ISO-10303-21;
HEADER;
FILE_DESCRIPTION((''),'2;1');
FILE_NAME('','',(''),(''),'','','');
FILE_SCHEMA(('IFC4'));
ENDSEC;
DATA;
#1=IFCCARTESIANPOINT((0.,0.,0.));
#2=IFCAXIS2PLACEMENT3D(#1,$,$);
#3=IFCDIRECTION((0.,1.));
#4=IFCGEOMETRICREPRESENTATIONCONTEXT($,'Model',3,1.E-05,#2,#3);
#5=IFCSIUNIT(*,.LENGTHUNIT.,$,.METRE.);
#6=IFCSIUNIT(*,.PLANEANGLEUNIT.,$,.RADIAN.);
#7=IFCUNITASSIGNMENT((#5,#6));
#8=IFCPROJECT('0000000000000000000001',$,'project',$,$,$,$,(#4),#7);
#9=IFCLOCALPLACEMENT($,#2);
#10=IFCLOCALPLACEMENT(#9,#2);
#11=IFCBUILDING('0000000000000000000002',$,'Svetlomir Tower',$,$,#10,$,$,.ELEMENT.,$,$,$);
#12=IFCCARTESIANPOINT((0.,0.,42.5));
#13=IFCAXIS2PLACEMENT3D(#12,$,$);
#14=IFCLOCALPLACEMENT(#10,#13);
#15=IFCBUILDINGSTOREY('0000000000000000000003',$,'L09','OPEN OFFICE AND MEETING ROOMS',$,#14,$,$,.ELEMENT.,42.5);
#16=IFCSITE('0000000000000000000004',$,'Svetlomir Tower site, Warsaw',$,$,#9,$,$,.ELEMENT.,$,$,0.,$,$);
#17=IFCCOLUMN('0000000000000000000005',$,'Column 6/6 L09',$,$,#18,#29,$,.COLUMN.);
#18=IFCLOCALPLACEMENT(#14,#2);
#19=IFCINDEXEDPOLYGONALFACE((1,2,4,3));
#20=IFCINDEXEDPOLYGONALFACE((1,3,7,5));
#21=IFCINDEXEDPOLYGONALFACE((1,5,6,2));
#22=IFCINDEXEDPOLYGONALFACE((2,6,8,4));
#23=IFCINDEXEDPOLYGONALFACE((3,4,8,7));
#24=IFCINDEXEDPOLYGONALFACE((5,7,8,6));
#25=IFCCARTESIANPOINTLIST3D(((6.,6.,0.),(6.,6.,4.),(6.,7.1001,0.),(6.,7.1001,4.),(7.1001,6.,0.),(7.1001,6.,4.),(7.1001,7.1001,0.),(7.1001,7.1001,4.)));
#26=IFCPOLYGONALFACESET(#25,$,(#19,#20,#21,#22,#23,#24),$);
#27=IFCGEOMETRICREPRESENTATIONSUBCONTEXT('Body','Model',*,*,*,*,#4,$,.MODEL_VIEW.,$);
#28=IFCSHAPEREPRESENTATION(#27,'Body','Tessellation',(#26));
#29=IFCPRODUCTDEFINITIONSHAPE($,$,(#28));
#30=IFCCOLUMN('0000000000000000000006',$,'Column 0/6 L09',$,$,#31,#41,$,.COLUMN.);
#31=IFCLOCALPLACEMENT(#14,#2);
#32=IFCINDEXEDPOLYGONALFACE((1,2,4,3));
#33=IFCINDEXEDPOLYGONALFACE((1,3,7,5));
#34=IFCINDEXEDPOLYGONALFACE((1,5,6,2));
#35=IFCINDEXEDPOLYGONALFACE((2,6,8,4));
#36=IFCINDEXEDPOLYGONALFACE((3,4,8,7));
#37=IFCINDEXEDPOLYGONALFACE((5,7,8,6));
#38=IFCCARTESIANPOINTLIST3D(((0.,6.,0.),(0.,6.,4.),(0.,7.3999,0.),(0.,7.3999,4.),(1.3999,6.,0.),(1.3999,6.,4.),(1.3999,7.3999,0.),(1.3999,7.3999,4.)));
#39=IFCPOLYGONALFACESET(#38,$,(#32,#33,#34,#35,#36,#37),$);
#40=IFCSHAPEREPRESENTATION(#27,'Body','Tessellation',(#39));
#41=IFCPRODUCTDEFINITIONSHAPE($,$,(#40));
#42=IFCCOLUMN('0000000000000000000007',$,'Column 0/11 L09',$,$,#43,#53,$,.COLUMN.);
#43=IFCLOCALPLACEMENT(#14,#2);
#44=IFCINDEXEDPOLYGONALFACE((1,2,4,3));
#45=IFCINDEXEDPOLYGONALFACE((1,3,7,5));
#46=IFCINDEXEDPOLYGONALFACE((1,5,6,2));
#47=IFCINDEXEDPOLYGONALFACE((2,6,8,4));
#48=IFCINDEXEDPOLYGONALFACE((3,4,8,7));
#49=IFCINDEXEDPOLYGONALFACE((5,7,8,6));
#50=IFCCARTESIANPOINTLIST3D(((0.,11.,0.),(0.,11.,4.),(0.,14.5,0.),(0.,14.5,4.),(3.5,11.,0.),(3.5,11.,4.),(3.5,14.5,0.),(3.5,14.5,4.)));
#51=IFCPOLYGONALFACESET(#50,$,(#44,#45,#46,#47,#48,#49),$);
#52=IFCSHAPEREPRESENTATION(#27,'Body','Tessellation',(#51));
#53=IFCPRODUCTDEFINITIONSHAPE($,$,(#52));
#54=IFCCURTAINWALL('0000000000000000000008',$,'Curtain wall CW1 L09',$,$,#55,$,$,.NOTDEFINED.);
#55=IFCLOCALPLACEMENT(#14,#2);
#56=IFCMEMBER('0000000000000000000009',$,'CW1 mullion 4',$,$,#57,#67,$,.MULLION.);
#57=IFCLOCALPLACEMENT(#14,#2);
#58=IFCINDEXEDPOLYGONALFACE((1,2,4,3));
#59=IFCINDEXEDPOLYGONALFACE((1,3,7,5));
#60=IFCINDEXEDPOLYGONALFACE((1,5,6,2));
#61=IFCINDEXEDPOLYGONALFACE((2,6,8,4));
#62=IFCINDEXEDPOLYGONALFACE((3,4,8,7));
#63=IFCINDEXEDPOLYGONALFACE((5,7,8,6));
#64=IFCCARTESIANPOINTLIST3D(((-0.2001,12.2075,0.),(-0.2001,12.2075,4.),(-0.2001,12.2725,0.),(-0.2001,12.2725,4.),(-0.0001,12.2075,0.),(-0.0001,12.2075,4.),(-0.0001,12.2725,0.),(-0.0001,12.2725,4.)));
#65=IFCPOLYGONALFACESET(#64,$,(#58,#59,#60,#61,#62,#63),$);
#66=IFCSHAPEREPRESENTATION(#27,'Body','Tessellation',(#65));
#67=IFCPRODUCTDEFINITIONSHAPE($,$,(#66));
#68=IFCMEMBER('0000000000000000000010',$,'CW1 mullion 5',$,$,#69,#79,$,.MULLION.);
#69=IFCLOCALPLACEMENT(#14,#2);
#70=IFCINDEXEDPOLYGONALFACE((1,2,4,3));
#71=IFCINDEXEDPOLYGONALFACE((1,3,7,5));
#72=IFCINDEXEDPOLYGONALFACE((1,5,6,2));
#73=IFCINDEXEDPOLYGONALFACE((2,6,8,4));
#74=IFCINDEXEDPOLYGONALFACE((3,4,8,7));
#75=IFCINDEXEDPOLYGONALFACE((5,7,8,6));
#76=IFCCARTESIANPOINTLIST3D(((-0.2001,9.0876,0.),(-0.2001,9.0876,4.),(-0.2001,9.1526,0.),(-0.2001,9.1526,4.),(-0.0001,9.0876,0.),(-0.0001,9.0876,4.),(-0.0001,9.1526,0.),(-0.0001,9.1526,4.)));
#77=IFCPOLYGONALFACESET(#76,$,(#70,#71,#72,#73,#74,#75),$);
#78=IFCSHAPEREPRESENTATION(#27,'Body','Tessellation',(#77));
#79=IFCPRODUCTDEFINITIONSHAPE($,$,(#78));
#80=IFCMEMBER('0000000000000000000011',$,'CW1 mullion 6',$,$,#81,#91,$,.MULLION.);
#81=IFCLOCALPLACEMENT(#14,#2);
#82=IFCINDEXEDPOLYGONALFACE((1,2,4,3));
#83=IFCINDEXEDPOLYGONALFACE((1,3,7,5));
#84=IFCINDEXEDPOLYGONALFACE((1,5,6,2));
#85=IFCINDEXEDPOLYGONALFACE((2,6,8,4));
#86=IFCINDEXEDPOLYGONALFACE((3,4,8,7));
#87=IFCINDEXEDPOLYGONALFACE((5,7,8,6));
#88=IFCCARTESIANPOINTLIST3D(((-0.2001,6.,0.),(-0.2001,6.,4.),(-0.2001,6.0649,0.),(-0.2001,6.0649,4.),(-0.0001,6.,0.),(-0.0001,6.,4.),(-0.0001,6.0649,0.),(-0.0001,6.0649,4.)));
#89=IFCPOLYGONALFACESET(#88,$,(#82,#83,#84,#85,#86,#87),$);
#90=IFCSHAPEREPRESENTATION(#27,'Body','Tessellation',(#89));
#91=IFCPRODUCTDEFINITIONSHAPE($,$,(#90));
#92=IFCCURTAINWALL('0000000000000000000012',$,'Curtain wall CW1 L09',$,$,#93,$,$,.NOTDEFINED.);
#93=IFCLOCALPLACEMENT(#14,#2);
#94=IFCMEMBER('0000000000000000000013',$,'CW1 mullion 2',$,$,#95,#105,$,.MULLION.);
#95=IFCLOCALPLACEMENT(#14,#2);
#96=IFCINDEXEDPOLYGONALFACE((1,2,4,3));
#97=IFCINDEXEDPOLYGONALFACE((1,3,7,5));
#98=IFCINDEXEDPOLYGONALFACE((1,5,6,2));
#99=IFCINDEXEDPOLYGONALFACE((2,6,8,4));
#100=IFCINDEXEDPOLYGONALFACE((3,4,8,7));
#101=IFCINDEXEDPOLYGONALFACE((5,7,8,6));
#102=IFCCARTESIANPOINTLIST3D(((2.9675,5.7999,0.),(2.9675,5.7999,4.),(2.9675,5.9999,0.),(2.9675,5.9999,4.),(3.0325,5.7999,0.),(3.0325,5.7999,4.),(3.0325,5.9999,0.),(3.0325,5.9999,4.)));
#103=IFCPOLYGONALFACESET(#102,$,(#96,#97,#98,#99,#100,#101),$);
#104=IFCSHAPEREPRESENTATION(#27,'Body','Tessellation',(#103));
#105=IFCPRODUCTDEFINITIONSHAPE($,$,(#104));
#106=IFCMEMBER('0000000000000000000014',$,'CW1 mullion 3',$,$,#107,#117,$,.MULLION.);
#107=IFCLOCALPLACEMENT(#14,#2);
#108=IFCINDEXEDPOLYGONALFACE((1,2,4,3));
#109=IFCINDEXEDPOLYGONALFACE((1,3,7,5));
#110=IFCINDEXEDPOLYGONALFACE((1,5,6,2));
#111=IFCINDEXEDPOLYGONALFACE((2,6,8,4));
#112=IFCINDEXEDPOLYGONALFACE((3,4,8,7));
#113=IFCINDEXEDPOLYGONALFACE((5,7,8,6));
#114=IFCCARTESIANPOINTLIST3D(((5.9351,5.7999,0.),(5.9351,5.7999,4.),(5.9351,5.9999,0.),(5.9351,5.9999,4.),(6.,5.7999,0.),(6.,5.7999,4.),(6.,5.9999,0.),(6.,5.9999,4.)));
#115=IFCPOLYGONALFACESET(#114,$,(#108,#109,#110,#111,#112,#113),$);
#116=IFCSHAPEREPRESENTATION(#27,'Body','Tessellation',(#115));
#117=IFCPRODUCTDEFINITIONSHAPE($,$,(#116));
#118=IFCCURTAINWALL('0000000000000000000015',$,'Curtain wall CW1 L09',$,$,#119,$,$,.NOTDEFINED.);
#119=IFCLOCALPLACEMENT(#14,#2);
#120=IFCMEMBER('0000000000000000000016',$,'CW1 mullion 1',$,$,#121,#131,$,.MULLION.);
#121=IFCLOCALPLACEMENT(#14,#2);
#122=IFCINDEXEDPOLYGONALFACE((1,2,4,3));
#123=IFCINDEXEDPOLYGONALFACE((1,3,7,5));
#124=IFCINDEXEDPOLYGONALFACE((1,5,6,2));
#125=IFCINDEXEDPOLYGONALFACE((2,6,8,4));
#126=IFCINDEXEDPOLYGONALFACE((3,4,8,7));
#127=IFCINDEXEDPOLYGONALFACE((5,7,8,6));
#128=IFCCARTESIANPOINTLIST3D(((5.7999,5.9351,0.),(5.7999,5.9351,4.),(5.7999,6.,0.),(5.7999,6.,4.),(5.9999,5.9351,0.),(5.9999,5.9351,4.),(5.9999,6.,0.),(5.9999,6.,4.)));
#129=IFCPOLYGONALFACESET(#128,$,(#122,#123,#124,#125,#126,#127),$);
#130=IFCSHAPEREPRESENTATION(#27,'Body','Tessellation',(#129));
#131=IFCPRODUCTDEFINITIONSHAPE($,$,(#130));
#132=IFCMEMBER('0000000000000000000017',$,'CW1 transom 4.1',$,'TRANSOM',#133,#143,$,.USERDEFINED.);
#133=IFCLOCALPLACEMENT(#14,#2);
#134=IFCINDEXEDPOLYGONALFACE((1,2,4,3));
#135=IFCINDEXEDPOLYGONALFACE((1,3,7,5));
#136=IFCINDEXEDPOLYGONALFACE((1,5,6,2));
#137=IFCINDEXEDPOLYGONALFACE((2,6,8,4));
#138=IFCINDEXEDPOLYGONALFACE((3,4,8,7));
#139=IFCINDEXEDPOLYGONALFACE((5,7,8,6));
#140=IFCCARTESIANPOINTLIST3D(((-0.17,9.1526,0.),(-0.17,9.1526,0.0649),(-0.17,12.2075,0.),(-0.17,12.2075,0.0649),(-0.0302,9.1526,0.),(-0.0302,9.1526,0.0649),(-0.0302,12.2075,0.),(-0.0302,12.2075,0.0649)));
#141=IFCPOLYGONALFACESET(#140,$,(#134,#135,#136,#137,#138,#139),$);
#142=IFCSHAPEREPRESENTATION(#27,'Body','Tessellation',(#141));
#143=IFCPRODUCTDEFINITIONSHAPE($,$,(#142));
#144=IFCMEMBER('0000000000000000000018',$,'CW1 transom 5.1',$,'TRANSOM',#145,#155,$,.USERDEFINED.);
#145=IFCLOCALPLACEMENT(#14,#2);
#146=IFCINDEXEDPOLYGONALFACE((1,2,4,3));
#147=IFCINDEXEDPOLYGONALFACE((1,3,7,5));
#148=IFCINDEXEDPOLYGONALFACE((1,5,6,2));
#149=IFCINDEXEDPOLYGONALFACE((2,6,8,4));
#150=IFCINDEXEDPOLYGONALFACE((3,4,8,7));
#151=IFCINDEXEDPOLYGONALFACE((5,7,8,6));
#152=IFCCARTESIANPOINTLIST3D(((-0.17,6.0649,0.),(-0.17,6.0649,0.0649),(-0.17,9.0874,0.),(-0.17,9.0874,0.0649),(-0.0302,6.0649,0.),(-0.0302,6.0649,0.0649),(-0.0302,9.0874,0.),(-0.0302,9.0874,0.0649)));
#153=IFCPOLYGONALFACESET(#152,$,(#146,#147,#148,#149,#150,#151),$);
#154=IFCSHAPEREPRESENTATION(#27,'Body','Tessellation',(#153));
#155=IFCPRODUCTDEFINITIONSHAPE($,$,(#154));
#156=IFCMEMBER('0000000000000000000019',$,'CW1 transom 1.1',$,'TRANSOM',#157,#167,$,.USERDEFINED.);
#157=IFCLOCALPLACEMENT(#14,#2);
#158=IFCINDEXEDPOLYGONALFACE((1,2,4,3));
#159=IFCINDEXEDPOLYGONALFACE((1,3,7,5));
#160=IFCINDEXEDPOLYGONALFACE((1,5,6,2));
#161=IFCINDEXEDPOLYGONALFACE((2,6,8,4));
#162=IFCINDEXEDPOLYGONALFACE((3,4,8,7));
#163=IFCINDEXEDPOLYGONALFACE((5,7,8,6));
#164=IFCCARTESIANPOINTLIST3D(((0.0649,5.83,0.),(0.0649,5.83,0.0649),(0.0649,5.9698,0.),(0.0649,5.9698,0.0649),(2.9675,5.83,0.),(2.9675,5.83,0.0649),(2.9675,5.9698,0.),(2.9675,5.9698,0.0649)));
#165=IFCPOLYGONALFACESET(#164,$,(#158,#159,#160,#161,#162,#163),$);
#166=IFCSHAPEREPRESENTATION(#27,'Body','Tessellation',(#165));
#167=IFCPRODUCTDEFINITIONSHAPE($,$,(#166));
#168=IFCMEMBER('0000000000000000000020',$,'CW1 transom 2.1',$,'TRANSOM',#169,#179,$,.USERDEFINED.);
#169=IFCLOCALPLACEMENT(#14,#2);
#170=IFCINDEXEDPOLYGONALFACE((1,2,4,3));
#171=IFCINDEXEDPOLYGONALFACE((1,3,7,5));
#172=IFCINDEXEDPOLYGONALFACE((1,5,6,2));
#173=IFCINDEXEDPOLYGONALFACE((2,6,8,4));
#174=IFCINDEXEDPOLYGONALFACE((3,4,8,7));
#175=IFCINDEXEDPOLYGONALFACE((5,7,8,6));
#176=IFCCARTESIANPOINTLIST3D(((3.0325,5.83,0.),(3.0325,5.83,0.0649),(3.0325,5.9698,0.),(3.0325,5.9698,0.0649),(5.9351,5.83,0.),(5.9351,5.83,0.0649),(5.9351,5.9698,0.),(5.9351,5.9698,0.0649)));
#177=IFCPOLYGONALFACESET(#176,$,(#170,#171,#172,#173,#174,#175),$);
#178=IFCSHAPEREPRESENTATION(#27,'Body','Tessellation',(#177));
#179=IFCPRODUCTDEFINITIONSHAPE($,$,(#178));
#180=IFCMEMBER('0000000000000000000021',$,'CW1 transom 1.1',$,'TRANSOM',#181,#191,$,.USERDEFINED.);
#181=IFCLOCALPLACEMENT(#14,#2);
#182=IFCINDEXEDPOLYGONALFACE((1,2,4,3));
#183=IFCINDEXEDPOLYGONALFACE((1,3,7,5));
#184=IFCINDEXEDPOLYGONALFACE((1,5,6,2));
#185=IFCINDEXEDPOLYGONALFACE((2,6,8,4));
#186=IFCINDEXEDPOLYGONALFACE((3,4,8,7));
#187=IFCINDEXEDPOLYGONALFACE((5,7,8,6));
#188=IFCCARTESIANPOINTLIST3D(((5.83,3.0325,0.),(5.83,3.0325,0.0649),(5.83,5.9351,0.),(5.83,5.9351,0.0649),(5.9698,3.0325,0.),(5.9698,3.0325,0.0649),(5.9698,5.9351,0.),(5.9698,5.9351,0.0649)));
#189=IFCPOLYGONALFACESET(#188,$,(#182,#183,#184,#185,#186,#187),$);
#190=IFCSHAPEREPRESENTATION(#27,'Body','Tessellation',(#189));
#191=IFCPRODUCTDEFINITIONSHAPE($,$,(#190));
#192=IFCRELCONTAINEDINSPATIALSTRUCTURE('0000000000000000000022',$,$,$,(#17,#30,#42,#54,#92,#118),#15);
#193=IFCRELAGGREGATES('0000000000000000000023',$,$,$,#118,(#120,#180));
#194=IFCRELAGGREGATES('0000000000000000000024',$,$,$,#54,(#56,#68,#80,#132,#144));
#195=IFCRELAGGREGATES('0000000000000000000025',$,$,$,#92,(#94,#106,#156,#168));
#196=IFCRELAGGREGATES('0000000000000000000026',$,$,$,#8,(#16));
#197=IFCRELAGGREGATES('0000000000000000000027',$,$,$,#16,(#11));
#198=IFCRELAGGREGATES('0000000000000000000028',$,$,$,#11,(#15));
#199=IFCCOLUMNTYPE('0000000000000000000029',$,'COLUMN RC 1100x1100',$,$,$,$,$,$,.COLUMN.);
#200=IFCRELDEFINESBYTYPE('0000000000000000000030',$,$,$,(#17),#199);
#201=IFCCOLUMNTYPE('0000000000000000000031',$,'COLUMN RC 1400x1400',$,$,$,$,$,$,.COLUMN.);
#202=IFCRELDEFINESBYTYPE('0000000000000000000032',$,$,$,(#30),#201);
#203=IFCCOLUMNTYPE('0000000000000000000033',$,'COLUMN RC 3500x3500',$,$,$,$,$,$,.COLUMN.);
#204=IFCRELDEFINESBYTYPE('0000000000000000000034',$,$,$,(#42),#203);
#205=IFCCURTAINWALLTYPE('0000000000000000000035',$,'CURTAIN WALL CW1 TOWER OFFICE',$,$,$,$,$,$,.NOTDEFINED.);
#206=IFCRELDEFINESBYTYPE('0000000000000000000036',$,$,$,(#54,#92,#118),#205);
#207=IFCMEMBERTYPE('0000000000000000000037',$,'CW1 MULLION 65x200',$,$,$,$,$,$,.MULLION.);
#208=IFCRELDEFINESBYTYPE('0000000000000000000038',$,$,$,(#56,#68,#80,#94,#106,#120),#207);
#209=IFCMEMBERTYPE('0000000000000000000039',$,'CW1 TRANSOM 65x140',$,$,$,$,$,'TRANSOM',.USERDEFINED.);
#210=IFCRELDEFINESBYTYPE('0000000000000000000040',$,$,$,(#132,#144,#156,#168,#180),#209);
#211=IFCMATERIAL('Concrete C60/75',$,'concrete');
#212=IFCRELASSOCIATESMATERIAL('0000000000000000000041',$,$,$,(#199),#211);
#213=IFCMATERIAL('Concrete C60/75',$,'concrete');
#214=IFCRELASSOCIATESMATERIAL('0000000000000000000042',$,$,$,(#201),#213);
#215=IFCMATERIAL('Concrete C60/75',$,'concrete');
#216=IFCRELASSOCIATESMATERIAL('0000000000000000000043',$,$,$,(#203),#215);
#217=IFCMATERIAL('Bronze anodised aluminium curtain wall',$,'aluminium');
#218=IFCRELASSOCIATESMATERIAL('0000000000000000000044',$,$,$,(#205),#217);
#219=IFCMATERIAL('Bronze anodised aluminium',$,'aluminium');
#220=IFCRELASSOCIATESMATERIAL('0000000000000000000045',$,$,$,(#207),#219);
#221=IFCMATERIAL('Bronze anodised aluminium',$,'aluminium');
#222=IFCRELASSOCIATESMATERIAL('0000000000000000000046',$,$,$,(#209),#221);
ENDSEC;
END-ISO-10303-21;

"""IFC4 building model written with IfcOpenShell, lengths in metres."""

from ifc_helpers import new_model, si_unit, direction, frame, origin, origin_2d, place, context, subcontext, project, spatial, rectangle, extrude, material, material_profile, profile_set, type_object, element, aggregate, save


model = new_model("IFC4")

# Units and contexts
model_context = context("Model", 3, precision=1e-05, world=origin(), true_north=direction((0.0, 1.0)))
body_context = subcontext(model_context, "Body", "Model", "MODEL_VIEW")
ifc_project = project(units=[si_unit("LENGTHUNIT", "METRE"), si_unit("PLANEANGLEUNIT", "RADIAN")], contexts=[model_context])

# Site, building, storey
site_placement = place(None, origin())
site = spatial("IfcSite", under=ifc_project, at=site_placement, Name="Svetlomir Tower site, Warsaw", CompositionType="ELEMENT", RefElevation=0.0)
building_placement = place(site_placement, origin())
building = spatial("IfcBuilding", under=site, at=building_placement, Name="Svetlomir Tower", CompositionType="ELEMENT")
storey_placement = place(building_placement, frame((0.0, 0.0, 42.5)))
storey = spatial("IfcBuildingStorey", under=building, at=storey_placement, Name="L09", Description="OPEN OFFICE AND MEETING ROOMS", CompositionType="ELEMENT", Elevation=42.5)

# Columns
ifc_material_1 = material(Name="Concrete C60/75", Category="concrete")
ifc_material_profile_1 = material_profile(ifc_material_1, rectangle(XDim=1.1001, YDim=1.1001, at=origin_2d()), Name="RC 1100x1100")
ifc_profile_set_1 = profile_set([ifc_material_profile_1], Name="Concrete C60/75")
column_type_1 = type_object("IfcColumnType", Name="COLUMN RC 1100x1100", PredefinedType="COLUMN", material=ifc_profile_set_1)
column_1_placement = place(storey_placement, frame((6.55, 6.55, 0.0), z_axis=(0.0, 0.0, 1.0), x_axis=(1.0, 0.0, 0.0)))
element("IfcColumn", 1, at=column_1_placement, inside=storey, type_object=column_type_1, Name="Column 6/6 L09", PredefinedType="COLUMN", context=body_context, shape_type="SweptSolid", body=[
    extrude(rectangle(XDim=1.1001, YDim=1.1001, at=origin_2d()), origin(), (0.0, 0.0, 1.0), 4.0),
])
ifc_material_2 = material(Name="Concrete C60/75", Category="concrete")
ifc_material_profile_2 = material_profile(ifc_material_2, rectangle(XDim=1.3999, YDim=1.3999, at=origin_2d()), Name="RC 1400x1400")
ifc_profile_set_2 = profile_set([ifc_material_profile_2], Name="Concrete C60/75")
column_type_2 = type_object("IfcColumnType", Name="COLUMN RC 1400x1400", PredefinedType="COLUMN", material=ifc_profile_set_2)
column_2_placement = place(storey_placement, frame((0.7, 6.7, 0.0), z_axis=(0.0, 0.0, 1.0), x_axis=(1.0, 0.0, 0.0)))
element("IfcColumn", 2, at=column_2_placement, inside=storey, type_object=column_type_2, Name="Column 0/6 L09", PredefinedType="COLUMN", context=body_context, shape_type="SweptSolid", body=[
    extrude(rectangle(XDim=1.3999, YDim=1.3999, at=origin_2d()), origin(), (0.0, 0.0, 1.0), 4.0),
])
ifc_material_3 = material(Name="Concrete C60/75", Category="concrete")
ifc_material_profile_3 = material_profile(ifc_material_3, rectangle(XDim=3.5, YDim=3.5, at=origin_2d()), Name="RC 3500x3500")
ifc_profile_set_3 = profile_set([ifc_material_profile_3], Name="Concrete C60/75")
column_type_3 = type_object("IfcColumnType", Name="COLUMN RC 3500x3500", PredefinedType="COLUMN", material=ifc_profile_set_3)
column_3_placement = place(storey_placement, frame((1.75, 12.75, 0.0), z_axis=(0.0, 0.0, 1.0), x_axis=(1.0, 0.0, 0.0)))
element("IfcColumn", 3, at=column_3_placement, inside=storey, type_object=column_type_3, Name="Column 0/11 L09", PredefinedType="COLUMN", context=body_context, shape_type="SweptSolid", body=[
    extrude(rectangle(XDim=3.5, YDim=3.5, at=origin_2d()), origin(), (0.0, 0.0, 1.0), 4.0),
])

# Curtain walls, members
ifc_material_4 = material(Name="Bronze anodised aluminium curtain wall", Category="aluminium")
curtain_wall_type = type_object("IfcCurtainWallType", Name="CURTAIN WALL CW1 TOWER OFFICE", PredefinedType="NOTDEFINED", material=ifc_material_4)
curtain_wall_1_placement = place(storey_placement, origin())
curtain_wall_1 = element("IfcCurtainWall", 4, at=curtain_wall_1_placement, inside=storey, type_object=curtain_wall_type, Name="Curtain wall CW1 L09", PredefinedType="NOTDEFINED")
ifc_material_5 = material(Name="Bronze anodised aluminium", Category="aluminium")
ifc_material_profile_4 = material_profile(ifc_material_5, rectangle(XDim=0.0649, YDim=0.2, at=origin_2d()), Name="AL 65x200")
ifc_profile_set_4 = profile_set([ifc_material_profile_4], Name="Bronze anodised aluminium 6063-T6")
member_type_1 = type_object("IfcMemberType", Name="CW1 MULLION 65x200", PredefinedType="MULLION", material=ifc_profile_set_4)
member_1_placement = place(storey_placement, frame((-0.1001, 12.24, 0.0), z_axis=(0.0, 0.0, 1.0), x_axis=(0.0, -1.0, 0.0)))
member_1 = element("IfcMember", 5, at=member_1_placement, type_object=member_type_1, Name="CW1 mullion 4", PredefinedType="MULLION", context=body_context, shape_type="SweptSolid", body=[
    extrude(rectangle(XDim=0.0649, YDim=0.2, at=origin_2d()), origin(), (0.0, 0.0, 1.0), 4.0),
])
member_2_placement = place(storey_placement, frame((-0.1001, 9.1201, 0.0), z_axis=(0.0, 0.0, 1.0), x_axis=(0.0, -1.0, 0.0)))
member_2 = element("IfcMember", 6, at=member_2_placement, type_object=member_type_1, Name="CW1 mullion 5", PredefinedType="MULLION", context=body_context, shape_type="SweptSolid", body=[
    extrude(rectangle(XDim=0.0649, YDim=0.2, at=origin_2d()), origin(), (0.0, 0.0, 1.0), 4.0),
])
member_3_placement = place(storey_placement, frame((-0.1001, 6.0325, 0.0), z_axis=(0.0, 0.0, 1.0), x_axis=(0.0, -1.0, 0.0)))
member_3 = element("IfcMember", 7, at=member_3_placement, type_object=member_type_1, Name="CW1 mullion 6", PredefinedType="MULLION", context=body_context, shape_type="SweptSolid", body=[
    extrude(rectangle(XDim=0.0649, YDim=0.2, at=origin_2d()), origin(), (0.0, 0.0, 1.0), 4.0),
])
curtain_wall_2_placement = place(storey_placement, origin())
curtain_wall_2 = element("IfcCurtainWall", 8, at=curtain_wall_2_placement, inside=storey, type_object=curtain_wall_type, Name="Curtain wall CW1 L09", PredefinedType="NOTDEFINED")
member_4_placement = place(storey_placement, frame((3.0, 5.8999, 0.0), z_axis=(0.0, 0.0, 1.0), x_axis=(1.0, 0.0, 0.0)))
member_4 = element("IfcMember", 9, at=member_4_placement, type_object=member_type_1, Name="CW1 mullion 2", PredefinedType="MULLION", context=body_context, shape_type="SweptSolid", body=[
    extrude(rectangle(XDim=0.0649, YDim=0.2, at=origin_2d()), origin(), (0.0, 0.0, 1.0), 4.0),
])
member_5_placement = place(storey_placement, frame((5.9675, 5.8999, 0.0), z_axis=(0.0, 0.0, 1.0), x_axis=(1.0, 0.0, 0.0)))
member_5 = element("IfcMember", 10, at=member_5_placement, type_object=member_type_1, Name="CW1 mullion 3", PredefinedType="MULLION", context=body_context, shape_type="SweptSolid", body=[
    extrude(rectangle(XDim=0.0649, YDim=0.2, at=origin_2d()), origin(), (0.0, 0.0, 1.0), 4.0),
])

# Curtain wall, member
curtain_wall_3_placement = place(storey_placement, origin())
curtain_wall_3 = element("IfcCurtainWall", 11, at=curtain_wall_3_placement, inside=storey, type_object=curtain_wall_type, Name="Curtain wall CW1 L09", PredefinedType="NOTDEFINED")
member_6_placement = place(storey_placement, frame((5.8999, 5.9675, 0.0), z_axis=(0.0, 0.0, 1.0), x_axis=(0.0, -1.0, 0.0)))
member_6 = element("IfcMember", 12, at=member_6_placement, type_object=member_type_1, Name="CW1 mullion 1", PredefinedType="MULLION", context=body_context, shape_type="SweptSolid", body=[
    extrude(rectangle(XDim=0.0649, YDim=0.2, at=origin_2d()), origin(), (0.0, 0.0, 1.0), 4.0),
])

# Members
ifc_material_6 = material(Name="Bronze anodised aluminium", Category="aluminium")
ifc_material_profile_5 = material_profile(ifc_material_6, rectangle(XDim=0.1399, YDim=0.0649, at=origin_2d()), Name="AL 140x65")
ifc_profile_set_5 = profile_set([ifc_material_profile_5], Name="Bronze anodised aluminium 6063-T6")
member_type_2 = type_object("IfcMemberType", Name="CW1 TRANSOM 65x140", ElementType="TRANSOM", PredefinedType="USERDEFINED", material=ifc_profile_set_5)
member_7_placement = place(storey_placement, frame((-0.1001, 12.2075, 0.0325), z_axis=(0.0, -1.0, 0.0), x_axis=(1.0, 0.0, 0.0)))
member_7 = element("IfcMember", 13, at=member_7_placement, type_object=member_type_2, Name="CW1 transom 4.1", ObjectType="TRANSOM", PredefinedType="USERDEFINED", context=body_context, shape_type="SweptSolid", body=[
    extrude(rectangle(XDim=0.1399, YDim=0.0649, at=origin_2d()), origin(), (0.0, 0.0, 1.0), 3.0549),
])
member_8_placement = place(storey_placement, frame((-0.1001, 9.0874, 0.0325), z_axis=(0.0, -1.0, 0.0), x_axis=(1.0, 0.0, 0.0)))
member_8 = element("IfcMember", 14, at=member_8_placement, type_object=member_type_2, Name="CW1 transom 5.1", ObjectType="TRANSOM", PredefinedType="USERDEFINED", context=body_context, shape_type="SweptSolid", body=[
    extrude(rectangle(XDim=0.1399, YDim=0.0649, at=origin_2d()), origin(), (0.0, 0.0, 1.0), 3.0225),
])
member_9_placement = place(storey_placement, frame((0.0649, 5.8999, 0.0325), z_axis=(1.0, 0.0, 0.0), x_axis=(0.0, 1.0, 0.0)))
member_9 = element("IfcMember", 15, at=member_9_placement, type_object=member_type_2, Name="CW1 transom 1.1", ObjectType="TRANSOM", PredefinedType="USERDEFINED", context=body_context, shape_type="SweptSolid", body=[
    extrude(rectangle(XDim=0.1399, YDim=0.0649, at=origin_2d()), origin(), (0.0, 0.0, 1.0), 2.9026),
])
member_10_placement = place(storey_placement, frame((3.0325, 5.8999, 0.0325), z_axis=(1.0, 0.0, 0.0), x_axis=(0.0, 1.0, 0.0)))
member_10 = element("IfcMember", 16, at=member_10_placement, type_object=member_type_2, Name="CW1 transom 2.1", ObjectType="TRANSOM", PredefinedType="USERDEFINED", context=body_context, shape_type="SweptSolid", body=[
    extrude(rectangle(XDim=0.1399, YDim=0.0649, at=origin_2d()), origin(), (0.0, 0.0, 1.0), 2.9026),
])
member_11_placement = place(storey_placement, frame((5.8999, 5.9351, 0.0325), z_axis=(0.0, -1.0, 0.0), x_axis=(1.0, 0.0, 0.0)))
member_11 = element("IfcMember", 17, at=member_11_placement, type_object=member_type_2, Name="CW1 transom 1.1", ObjectType="TRANSOM", PredefinedType="USERDEFINED", context=body_context, shape_type="SweptSolid", body=[
    extrude(rectangle(XDim=0.1399, YDim=0.0649, at=origin_2d()), origin(), (0.0, 0.0, 1.0), 2.9026),
])
aggregate(curtain_wall_3, [member_6, member_11])

aggregate(curtain_wall_1, [member_1, member_2, member_3, member_7, member_8])
aggregate(curtain_wall_2, [member_4, member_5, member_9, member_10])

save(model, "model.ifc")
